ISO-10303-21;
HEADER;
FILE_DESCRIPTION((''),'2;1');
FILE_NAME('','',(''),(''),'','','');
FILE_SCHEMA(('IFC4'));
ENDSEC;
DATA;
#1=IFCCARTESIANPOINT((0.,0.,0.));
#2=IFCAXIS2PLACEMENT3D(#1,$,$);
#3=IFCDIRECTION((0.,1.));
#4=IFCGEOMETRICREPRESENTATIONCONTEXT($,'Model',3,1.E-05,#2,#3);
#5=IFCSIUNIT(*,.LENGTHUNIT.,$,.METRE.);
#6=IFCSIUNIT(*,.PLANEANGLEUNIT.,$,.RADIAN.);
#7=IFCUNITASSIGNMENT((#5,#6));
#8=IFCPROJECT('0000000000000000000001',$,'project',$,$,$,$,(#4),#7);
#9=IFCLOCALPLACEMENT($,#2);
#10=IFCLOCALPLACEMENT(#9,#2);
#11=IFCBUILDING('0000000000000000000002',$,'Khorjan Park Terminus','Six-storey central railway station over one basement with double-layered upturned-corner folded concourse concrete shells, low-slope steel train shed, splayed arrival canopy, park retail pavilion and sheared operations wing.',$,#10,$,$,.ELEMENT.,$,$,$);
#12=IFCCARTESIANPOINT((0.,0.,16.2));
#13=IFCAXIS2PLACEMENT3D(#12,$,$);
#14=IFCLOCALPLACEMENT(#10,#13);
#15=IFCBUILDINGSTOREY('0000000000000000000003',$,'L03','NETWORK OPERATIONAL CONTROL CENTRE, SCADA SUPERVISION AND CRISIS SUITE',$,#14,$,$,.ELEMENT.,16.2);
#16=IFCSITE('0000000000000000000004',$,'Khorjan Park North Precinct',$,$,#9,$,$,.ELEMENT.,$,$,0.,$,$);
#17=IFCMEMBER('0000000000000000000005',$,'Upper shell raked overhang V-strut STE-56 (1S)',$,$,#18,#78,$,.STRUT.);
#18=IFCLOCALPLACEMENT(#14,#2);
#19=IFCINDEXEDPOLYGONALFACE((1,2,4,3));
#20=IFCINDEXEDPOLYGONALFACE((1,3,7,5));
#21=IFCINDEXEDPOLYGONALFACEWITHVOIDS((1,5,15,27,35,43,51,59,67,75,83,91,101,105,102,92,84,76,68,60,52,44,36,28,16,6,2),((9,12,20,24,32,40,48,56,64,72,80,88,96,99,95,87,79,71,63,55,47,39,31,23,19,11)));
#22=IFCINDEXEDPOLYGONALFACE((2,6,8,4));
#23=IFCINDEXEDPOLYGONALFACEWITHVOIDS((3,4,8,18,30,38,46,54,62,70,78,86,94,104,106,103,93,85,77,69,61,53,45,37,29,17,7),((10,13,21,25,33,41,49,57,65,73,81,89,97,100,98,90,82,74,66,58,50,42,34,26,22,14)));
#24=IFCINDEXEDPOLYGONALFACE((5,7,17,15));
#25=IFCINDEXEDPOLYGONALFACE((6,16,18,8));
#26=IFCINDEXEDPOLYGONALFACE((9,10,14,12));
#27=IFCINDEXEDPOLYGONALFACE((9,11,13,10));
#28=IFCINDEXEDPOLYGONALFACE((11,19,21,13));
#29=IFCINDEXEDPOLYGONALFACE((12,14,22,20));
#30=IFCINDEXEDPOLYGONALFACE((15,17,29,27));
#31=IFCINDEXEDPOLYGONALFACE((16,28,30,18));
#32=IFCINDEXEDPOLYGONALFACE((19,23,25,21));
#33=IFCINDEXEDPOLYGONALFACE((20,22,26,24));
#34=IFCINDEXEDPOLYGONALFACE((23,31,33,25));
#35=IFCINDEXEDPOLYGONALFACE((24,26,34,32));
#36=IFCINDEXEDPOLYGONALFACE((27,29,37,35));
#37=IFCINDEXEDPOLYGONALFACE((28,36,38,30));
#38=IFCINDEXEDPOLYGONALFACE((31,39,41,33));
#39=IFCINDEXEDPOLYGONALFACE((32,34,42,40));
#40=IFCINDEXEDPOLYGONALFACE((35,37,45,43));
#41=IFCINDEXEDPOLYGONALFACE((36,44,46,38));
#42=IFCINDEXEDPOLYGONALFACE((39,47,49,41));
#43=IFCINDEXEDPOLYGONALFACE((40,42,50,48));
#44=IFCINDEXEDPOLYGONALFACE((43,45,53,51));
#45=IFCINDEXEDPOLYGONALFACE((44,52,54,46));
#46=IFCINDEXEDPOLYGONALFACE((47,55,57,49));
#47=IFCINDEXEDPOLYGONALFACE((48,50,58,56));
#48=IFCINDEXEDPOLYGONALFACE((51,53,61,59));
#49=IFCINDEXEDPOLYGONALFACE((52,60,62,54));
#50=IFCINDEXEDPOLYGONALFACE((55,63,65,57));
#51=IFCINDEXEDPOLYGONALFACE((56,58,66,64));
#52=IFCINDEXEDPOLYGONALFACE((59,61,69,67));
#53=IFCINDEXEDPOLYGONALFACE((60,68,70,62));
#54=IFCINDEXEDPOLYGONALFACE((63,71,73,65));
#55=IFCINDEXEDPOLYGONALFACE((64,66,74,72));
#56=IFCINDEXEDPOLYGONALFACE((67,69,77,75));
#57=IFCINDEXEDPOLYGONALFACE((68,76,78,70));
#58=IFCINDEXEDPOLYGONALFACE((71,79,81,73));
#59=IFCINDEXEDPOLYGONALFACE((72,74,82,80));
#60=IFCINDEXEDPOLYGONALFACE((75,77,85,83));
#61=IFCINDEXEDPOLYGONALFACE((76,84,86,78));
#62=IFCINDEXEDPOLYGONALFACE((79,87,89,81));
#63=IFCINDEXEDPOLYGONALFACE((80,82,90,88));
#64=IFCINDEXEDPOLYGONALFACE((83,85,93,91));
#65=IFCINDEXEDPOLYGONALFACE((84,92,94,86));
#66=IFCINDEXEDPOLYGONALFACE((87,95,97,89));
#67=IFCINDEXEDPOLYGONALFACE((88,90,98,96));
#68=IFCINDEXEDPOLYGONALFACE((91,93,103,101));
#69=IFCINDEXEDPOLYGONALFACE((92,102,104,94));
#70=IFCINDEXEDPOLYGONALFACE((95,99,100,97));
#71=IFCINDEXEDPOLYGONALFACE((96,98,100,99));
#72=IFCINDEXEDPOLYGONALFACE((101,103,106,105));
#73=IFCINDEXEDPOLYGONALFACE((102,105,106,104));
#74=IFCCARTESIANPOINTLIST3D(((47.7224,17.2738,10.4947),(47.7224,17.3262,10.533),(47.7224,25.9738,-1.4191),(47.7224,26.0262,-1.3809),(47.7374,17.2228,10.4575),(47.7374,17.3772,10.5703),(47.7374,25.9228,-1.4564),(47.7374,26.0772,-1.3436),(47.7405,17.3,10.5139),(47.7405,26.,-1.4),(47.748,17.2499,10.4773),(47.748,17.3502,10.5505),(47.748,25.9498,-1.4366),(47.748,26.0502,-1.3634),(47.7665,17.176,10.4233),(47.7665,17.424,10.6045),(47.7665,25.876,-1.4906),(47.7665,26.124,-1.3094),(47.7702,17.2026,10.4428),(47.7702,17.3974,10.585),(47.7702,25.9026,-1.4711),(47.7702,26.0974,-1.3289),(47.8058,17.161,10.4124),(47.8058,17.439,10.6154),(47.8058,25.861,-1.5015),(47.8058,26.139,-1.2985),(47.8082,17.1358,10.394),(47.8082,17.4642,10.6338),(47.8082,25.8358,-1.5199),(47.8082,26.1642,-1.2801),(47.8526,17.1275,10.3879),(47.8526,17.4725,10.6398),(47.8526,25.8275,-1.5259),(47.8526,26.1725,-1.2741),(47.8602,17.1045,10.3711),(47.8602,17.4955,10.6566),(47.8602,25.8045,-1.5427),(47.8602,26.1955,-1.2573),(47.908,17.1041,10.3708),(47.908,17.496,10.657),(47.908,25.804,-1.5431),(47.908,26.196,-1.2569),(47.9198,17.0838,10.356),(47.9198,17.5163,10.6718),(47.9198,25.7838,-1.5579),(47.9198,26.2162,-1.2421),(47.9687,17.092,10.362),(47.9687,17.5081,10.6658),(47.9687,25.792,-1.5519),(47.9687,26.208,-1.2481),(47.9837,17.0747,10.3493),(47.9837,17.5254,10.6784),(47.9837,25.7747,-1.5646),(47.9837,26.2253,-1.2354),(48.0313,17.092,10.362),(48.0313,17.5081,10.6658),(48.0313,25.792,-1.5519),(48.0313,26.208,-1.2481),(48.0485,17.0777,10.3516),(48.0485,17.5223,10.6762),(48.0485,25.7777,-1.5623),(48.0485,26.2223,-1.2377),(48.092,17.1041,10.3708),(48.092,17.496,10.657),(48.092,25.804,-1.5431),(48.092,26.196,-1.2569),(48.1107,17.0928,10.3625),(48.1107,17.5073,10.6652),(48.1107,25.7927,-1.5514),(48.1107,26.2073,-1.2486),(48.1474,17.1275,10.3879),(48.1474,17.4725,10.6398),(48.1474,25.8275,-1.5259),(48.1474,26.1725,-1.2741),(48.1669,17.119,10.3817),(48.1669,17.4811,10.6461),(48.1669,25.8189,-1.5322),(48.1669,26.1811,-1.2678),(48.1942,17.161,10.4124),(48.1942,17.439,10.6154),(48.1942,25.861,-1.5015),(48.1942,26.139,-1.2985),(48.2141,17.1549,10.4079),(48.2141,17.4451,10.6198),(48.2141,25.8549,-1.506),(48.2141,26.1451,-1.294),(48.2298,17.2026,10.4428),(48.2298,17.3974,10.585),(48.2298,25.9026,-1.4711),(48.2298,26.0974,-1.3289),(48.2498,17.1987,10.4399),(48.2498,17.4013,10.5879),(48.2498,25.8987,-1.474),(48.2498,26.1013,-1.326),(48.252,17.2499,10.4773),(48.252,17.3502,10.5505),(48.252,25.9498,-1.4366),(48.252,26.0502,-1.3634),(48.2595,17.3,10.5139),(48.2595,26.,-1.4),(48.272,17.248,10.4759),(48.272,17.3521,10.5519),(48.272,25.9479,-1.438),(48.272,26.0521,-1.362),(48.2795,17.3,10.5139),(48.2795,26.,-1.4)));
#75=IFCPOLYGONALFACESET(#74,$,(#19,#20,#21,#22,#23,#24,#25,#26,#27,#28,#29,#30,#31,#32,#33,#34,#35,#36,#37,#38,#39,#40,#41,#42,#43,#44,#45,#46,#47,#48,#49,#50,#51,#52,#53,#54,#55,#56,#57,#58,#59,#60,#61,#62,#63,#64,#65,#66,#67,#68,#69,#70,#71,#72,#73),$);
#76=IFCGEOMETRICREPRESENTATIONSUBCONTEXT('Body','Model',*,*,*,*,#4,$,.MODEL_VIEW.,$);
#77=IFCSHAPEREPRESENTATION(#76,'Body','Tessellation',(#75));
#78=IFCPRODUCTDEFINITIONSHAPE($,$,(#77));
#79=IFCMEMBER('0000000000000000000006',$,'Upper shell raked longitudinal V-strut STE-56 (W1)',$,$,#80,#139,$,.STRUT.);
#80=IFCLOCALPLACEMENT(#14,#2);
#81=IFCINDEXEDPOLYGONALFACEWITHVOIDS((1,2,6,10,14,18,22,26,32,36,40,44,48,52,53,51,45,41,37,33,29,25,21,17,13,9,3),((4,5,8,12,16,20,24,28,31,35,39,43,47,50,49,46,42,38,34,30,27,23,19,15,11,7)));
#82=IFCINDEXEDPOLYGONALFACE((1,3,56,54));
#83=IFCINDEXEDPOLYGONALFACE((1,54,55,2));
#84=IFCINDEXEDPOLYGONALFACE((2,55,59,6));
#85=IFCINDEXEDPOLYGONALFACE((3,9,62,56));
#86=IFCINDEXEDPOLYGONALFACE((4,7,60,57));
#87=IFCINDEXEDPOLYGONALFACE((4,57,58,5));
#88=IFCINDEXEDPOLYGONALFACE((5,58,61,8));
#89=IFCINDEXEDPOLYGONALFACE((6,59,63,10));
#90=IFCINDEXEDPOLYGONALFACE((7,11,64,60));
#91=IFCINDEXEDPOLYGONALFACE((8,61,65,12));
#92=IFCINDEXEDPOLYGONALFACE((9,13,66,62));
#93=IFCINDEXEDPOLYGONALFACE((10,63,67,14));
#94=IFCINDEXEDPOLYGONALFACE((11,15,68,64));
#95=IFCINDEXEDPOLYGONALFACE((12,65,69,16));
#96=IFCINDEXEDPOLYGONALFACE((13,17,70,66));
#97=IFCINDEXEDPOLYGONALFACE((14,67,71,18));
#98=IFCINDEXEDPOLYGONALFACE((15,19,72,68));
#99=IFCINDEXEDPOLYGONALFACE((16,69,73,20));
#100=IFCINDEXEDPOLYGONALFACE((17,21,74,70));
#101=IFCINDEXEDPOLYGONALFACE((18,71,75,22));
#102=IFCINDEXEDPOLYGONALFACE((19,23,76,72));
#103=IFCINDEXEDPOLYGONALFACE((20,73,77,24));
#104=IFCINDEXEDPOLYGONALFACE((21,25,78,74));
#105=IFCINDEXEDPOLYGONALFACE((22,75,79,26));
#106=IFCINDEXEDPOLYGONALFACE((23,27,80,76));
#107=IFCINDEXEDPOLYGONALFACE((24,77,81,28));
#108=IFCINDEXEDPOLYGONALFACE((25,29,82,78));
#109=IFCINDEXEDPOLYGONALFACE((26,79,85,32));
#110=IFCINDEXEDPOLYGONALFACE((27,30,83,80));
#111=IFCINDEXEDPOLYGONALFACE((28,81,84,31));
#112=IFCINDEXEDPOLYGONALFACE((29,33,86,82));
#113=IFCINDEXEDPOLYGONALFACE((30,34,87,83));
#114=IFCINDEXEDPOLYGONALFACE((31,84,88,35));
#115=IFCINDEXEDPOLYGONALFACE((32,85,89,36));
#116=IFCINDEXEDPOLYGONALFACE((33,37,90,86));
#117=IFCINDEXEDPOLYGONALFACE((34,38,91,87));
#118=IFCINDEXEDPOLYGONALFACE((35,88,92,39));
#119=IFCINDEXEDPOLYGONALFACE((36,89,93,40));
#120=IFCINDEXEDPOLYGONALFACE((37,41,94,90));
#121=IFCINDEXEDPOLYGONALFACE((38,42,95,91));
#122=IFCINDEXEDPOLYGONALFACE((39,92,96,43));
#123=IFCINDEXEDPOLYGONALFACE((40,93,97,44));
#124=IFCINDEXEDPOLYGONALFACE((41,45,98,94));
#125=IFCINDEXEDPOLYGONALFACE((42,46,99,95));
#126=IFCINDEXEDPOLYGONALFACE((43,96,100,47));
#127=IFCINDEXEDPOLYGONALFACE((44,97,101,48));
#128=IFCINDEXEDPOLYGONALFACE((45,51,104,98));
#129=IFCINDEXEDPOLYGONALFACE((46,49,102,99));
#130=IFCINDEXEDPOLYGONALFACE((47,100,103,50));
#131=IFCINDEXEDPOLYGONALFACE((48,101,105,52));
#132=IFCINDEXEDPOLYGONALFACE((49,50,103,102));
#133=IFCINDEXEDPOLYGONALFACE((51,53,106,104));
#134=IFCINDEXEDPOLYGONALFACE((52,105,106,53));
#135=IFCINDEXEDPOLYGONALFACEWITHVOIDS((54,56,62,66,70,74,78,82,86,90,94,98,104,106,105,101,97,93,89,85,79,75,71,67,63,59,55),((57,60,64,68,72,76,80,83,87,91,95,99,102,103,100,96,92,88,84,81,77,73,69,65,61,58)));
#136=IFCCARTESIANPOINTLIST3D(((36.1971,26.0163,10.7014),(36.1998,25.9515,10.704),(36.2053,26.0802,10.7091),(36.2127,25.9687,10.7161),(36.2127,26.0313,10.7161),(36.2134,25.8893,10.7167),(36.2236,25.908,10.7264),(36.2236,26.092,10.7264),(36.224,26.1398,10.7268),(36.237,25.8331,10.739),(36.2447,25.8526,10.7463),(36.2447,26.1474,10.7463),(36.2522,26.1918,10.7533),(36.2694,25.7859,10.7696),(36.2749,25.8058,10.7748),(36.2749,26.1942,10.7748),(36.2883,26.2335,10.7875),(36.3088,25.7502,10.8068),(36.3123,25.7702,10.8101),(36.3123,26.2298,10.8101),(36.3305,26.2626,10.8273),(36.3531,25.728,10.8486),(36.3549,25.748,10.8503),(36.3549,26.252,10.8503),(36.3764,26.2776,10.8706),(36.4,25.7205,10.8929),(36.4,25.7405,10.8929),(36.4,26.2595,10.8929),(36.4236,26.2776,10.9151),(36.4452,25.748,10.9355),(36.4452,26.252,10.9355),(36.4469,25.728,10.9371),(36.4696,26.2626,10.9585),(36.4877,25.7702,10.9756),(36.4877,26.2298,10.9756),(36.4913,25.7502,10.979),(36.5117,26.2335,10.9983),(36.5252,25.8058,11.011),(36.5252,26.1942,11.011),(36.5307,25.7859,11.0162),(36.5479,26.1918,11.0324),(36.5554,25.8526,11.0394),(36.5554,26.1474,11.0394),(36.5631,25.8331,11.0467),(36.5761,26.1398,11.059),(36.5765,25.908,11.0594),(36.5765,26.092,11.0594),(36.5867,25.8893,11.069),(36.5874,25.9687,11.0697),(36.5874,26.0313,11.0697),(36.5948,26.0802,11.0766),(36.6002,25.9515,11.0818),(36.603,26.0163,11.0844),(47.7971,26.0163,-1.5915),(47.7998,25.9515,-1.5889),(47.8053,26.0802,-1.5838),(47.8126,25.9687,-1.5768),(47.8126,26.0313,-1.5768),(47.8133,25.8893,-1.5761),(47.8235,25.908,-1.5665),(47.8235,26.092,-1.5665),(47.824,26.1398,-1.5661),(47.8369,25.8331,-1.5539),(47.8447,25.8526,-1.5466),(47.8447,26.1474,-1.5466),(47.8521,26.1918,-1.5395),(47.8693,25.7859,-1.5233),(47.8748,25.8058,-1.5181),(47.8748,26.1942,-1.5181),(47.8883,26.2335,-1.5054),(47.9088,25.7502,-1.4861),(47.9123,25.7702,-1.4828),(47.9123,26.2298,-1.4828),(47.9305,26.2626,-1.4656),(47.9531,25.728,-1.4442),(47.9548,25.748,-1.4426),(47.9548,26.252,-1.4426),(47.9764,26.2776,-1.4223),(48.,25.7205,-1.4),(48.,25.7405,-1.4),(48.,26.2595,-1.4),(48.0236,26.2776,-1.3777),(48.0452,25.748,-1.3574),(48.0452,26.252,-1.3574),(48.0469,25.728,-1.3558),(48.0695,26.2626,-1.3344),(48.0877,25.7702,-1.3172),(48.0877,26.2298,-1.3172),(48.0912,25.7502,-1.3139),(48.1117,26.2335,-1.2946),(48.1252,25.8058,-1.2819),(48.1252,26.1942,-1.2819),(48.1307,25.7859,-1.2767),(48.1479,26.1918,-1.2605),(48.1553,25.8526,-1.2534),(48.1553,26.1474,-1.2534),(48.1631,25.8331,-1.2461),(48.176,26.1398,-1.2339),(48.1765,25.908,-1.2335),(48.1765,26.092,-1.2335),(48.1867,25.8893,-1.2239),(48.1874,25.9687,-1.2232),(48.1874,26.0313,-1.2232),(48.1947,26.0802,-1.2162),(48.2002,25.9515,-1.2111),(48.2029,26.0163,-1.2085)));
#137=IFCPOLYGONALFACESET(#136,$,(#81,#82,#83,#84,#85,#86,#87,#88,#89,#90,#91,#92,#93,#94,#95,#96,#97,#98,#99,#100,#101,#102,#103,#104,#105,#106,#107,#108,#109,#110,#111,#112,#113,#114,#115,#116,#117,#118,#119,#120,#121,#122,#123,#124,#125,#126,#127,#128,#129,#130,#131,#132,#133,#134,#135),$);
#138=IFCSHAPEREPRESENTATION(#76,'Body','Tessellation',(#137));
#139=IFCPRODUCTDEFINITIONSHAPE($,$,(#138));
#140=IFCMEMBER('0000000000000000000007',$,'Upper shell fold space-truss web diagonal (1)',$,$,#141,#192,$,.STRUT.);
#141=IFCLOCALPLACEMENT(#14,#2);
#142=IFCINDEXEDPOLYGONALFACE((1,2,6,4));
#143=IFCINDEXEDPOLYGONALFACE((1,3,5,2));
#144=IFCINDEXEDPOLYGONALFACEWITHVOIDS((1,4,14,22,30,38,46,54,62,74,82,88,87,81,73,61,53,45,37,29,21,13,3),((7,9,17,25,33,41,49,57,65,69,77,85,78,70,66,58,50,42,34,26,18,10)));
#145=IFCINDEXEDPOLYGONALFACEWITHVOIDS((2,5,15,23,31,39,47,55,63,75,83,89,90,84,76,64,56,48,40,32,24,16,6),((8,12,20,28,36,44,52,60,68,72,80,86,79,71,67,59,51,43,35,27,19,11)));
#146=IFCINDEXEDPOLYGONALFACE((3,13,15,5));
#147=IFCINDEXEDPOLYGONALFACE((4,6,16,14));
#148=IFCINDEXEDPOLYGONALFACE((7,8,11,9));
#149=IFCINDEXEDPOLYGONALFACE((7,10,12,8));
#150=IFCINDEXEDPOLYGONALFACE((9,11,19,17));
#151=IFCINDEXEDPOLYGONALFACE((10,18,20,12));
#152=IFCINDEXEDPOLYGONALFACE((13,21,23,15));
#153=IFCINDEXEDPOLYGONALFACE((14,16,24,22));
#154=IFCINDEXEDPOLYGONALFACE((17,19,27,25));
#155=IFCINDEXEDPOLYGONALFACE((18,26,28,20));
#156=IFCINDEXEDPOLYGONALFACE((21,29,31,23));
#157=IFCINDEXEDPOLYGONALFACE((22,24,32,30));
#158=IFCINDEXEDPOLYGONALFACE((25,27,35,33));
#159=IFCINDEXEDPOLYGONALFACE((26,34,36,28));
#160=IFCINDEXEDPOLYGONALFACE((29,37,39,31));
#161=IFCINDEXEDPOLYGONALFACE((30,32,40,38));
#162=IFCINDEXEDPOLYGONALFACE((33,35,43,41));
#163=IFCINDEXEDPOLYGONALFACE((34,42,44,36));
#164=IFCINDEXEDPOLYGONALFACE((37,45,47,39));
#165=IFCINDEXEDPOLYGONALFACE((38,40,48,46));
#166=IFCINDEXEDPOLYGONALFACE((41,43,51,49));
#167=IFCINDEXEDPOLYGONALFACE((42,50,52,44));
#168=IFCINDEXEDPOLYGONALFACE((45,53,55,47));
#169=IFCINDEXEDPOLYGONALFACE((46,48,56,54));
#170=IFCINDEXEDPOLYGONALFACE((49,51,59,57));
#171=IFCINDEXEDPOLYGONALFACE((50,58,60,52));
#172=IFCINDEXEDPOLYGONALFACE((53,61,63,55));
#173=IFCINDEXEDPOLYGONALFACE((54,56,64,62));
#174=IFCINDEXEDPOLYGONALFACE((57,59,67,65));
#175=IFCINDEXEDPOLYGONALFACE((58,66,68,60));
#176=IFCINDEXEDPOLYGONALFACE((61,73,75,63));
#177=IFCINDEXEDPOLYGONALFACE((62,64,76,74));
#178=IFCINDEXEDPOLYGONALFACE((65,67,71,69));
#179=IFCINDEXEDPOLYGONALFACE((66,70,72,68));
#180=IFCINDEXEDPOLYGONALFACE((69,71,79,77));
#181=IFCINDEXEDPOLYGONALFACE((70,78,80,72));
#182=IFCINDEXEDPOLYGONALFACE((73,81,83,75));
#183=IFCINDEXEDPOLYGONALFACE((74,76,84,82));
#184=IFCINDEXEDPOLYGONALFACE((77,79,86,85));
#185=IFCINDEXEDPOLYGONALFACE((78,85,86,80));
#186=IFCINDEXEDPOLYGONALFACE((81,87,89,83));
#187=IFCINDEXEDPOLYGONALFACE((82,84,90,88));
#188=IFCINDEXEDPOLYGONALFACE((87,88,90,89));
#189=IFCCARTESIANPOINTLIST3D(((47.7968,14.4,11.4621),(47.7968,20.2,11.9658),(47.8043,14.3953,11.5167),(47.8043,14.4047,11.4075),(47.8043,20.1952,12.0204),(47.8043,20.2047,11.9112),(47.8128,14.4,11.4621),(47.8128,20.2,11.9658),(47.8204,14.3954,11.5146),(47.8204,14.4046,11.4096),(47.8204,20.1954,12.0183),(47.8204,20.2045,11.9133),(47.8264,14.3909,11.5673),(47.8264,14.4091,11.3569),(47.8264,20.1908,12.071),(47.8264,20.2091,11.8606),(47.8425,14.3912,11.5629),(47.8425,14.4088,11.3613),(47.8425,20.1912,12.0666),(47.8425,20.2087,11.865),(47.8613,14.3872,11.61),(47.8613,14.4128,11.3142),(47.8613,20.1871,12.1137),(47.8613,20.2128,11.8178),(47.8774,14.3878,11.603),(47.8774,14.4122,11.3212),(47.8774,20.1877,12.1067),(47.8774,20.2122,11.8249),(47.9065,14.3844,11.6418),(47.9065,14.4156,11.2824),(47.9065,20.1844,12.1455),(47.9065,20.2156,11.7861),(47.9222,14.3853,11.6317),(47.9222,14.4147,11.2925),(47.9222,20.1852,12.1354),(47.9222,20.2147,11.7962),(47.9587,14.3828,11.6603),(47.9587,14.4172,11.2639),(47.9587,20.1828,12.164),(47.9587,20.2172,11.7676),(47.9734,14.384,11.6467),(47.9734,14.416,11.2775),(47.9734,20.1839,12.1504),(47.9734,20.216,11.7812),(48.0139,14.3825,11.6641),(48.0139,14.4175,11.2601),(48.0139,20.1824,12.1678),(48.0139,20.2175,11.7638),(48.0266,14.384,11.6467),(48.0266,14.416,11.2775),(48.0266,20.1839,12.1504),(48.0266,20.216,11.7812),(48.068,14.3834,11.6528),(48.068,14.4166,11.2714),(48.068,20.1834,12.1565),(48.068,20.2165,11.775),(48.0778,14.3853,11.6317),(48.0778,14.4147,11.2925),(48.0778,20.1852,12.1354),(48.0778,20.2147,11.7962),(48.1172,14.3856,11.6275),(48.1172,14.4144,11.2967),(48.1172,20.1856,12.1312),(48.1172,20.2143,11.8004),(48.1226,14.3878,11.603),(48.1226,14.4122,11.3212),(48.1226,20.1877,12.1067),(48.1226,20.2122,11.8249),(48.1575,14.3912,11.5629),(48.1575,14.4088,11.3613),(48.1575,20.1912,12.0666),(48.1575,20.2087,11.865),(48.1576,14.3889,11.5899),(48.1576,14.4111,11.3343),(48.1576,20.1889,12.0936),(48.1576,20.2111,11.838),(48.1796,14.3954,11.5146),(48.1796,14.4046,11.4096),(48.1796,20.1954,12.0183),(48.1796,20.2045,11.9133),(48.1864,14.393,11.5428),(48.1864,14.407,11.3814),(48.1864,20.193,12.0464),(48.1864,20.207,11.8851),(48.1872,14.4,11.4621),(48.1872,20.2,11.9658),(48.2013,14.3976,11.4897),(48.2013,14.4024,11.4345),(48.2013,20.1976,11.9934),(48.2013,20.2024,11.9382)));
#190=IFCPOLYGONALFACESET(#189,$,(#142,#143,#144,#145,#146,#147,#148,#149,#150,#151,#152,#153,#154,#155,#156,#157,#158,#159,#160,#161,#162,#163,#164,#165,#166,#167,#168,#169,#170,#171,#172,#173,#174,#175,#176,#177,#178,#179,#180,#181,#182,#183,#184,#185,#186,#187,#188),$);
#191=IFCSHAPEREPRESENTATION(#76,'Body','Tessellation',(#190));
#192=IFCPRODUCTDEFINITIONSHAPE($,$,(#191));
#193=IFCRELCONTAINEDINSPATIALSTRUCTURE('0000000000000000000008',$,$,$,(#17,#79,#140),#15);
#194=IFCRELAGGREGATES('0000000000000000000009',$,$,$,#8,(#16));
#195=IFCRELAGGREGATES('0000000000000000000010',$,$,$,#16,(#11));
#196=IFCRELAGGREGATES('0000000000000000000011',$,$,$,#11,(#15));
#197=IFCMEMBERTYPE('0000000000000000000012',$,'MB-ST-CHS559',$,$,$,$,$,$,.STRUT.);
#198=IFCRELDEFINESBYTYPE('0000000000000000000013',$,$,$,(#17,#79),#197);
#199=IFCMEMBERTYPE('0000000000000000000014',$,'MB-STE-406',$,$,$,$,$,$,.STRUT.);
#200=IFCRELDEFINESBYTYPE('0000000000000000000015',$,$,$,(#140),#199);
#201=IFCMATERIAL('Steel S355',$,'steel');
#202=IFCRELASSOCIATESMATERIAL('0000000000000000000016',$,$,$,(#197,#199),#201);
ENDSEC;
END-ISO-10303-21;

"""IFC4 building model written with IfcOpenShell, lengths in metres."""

from ifc_helpers import new_model, si_unit, direction, frame, origin, origin_2d, place, context, subcontext, project, spatial, hollow_circle, extrude, material, material_profile, profile_set, type_object, element, save


model = new_model("IFC4")

# Units and contexts
model_context = context("Model", 3, precision=1e-05, world=origin(), true_north=direction((0.0, 1.0)))
body_context = subcontext(model_context, "Body", "Model", "MODEL_VIEW")
ifc_project = project(units=[si_unit("LENGTHUNIT", "METRE"), si_unit("PLANEANGLEUNIT", "RADIAN")], contexts=[model_context])

# Site, building, storey
site_placement = place(None, origin())
site = spatial("IfcSite", under=ifc_project, at=site_placement, Name="Khorjan Park North Precinct", CompositionType="ELEMENT", RefElevation=0.0)
building_placement = place(site_placement, origin())
building = spatial("IfcBuilding", under=site, at=building_placement, Name="Khorjan Park Terminus", Description="Six-storey central railway station over one basement with double-layered upturned-corner folded concourse concrete shells, low-slope steel train shed, splayed arrival canopy, park retail pavilion and sheared operations wing.", CompositionType="ELEMENT")
storey_placement = place(building_placement, frame((0.0, 0.0, 16.2)))
storey = spatial("IfcBuildingStorey", under=building, at=storey_placement, Name="L03", Description="NETWORK OPERATIONAL CONTROL CENTRE, SCADA SUPERVISION AND CRISIS SUITE", CompositionType="ELEMENT", Elevation=16.2)

# Members
ifc_material_1 = material(Name="Steel S355", Category="steel")
ifc_material_profile_1 = material_profile(ifc_material_1, hollow_circle(Radius=0.2795, WallThickness=0.02, at=origin_2d()), Name="CHS 559x20")
ifc_profile_set_1 = profile_set([ifc_material_profile_1], Name="Steel S355")
member_type_1 = type_object("IfcMemberType", Name="MB-ST-CHS559", PredefinedType="STRUT", material=ifc_profile_set_1)
member_1_placement = place(storey_placement, frame((48.0, 26.0, -1.4), z_axis=(0.0, -0.589738, 0.807595), x_axis=(1.0, 0.0, 0.0)))
element("IfcMember", 1, at=member_1_placement, inside=storey, type_object=member_type_1, Name="Upper shell raked overhang V-strut STE-56 (1S)", PredefinedType="STRUT", context=body_context, shape_type="SweptSolid", body=[
    extrude(hollow_circle(Radius=0.2795, WallThickness=0.02, at=origin_2d()), origin(), (0.0, 0.0, 1.0), 14.7523),
])
member_2_placement = place(storey_placement, frame((48.0, 26.0, -1.4), z_axis=(-0.686312, 0.0, 0.727307), x_axis=(0.0, -1.0, 0.0)))
element("IfcMember", 2, at=member_2_placement, inside=storey, type_object=member_type_1, Name="Upper shell raked longitudinal V-strut STE-56 (W1)", PredefinedType="STRUT", context=body_context, shape_type="SweptSolid", body=[
    extrude(hollow_circle(Radius=0.2795, WallThickness=0.02, at=origin_2d()), origin(), (0.0, 0.0, 1.0), 16.9019),
])
ifc_material_profile_2 = material_profile(ifc_material_1, hollow_circle(Radius=0.2032, WallThickness=0.016, at=origin_2d()), Name="CHS 406.4x16")
ifc_profile_set_2 = profile_set([ifc_material_profile_2], Name="Steel S355")
member_type_2 = type_object("IfcMemberType", Name="MB-STE-406", PredefinedType="STRUT", material=ifc_profile_set_2)
member_3_placement = place(storey_placement, frame((48.0, 14.4, 11.4621), z_axis=(0.0, 0.99625, 0.086519), x_axis=(-1.0, 0.0, 0.0)))
element("IfcMember", 3, at=member_3_placement, inside=storey, type_object=member_type_2, Name="Upper shell fold space-truss web diagonal (1)", PredefinedType="STRUT", context=body_context, shape_type="SweptSolid", body=[
    extrude(hollow_circle(Radius=0.2032, WallThickness=0.016, at=origin_2d()), origin(), (0.0, 0.0, 1.0), 5.8218),
])

save(model, "model.ifc")
